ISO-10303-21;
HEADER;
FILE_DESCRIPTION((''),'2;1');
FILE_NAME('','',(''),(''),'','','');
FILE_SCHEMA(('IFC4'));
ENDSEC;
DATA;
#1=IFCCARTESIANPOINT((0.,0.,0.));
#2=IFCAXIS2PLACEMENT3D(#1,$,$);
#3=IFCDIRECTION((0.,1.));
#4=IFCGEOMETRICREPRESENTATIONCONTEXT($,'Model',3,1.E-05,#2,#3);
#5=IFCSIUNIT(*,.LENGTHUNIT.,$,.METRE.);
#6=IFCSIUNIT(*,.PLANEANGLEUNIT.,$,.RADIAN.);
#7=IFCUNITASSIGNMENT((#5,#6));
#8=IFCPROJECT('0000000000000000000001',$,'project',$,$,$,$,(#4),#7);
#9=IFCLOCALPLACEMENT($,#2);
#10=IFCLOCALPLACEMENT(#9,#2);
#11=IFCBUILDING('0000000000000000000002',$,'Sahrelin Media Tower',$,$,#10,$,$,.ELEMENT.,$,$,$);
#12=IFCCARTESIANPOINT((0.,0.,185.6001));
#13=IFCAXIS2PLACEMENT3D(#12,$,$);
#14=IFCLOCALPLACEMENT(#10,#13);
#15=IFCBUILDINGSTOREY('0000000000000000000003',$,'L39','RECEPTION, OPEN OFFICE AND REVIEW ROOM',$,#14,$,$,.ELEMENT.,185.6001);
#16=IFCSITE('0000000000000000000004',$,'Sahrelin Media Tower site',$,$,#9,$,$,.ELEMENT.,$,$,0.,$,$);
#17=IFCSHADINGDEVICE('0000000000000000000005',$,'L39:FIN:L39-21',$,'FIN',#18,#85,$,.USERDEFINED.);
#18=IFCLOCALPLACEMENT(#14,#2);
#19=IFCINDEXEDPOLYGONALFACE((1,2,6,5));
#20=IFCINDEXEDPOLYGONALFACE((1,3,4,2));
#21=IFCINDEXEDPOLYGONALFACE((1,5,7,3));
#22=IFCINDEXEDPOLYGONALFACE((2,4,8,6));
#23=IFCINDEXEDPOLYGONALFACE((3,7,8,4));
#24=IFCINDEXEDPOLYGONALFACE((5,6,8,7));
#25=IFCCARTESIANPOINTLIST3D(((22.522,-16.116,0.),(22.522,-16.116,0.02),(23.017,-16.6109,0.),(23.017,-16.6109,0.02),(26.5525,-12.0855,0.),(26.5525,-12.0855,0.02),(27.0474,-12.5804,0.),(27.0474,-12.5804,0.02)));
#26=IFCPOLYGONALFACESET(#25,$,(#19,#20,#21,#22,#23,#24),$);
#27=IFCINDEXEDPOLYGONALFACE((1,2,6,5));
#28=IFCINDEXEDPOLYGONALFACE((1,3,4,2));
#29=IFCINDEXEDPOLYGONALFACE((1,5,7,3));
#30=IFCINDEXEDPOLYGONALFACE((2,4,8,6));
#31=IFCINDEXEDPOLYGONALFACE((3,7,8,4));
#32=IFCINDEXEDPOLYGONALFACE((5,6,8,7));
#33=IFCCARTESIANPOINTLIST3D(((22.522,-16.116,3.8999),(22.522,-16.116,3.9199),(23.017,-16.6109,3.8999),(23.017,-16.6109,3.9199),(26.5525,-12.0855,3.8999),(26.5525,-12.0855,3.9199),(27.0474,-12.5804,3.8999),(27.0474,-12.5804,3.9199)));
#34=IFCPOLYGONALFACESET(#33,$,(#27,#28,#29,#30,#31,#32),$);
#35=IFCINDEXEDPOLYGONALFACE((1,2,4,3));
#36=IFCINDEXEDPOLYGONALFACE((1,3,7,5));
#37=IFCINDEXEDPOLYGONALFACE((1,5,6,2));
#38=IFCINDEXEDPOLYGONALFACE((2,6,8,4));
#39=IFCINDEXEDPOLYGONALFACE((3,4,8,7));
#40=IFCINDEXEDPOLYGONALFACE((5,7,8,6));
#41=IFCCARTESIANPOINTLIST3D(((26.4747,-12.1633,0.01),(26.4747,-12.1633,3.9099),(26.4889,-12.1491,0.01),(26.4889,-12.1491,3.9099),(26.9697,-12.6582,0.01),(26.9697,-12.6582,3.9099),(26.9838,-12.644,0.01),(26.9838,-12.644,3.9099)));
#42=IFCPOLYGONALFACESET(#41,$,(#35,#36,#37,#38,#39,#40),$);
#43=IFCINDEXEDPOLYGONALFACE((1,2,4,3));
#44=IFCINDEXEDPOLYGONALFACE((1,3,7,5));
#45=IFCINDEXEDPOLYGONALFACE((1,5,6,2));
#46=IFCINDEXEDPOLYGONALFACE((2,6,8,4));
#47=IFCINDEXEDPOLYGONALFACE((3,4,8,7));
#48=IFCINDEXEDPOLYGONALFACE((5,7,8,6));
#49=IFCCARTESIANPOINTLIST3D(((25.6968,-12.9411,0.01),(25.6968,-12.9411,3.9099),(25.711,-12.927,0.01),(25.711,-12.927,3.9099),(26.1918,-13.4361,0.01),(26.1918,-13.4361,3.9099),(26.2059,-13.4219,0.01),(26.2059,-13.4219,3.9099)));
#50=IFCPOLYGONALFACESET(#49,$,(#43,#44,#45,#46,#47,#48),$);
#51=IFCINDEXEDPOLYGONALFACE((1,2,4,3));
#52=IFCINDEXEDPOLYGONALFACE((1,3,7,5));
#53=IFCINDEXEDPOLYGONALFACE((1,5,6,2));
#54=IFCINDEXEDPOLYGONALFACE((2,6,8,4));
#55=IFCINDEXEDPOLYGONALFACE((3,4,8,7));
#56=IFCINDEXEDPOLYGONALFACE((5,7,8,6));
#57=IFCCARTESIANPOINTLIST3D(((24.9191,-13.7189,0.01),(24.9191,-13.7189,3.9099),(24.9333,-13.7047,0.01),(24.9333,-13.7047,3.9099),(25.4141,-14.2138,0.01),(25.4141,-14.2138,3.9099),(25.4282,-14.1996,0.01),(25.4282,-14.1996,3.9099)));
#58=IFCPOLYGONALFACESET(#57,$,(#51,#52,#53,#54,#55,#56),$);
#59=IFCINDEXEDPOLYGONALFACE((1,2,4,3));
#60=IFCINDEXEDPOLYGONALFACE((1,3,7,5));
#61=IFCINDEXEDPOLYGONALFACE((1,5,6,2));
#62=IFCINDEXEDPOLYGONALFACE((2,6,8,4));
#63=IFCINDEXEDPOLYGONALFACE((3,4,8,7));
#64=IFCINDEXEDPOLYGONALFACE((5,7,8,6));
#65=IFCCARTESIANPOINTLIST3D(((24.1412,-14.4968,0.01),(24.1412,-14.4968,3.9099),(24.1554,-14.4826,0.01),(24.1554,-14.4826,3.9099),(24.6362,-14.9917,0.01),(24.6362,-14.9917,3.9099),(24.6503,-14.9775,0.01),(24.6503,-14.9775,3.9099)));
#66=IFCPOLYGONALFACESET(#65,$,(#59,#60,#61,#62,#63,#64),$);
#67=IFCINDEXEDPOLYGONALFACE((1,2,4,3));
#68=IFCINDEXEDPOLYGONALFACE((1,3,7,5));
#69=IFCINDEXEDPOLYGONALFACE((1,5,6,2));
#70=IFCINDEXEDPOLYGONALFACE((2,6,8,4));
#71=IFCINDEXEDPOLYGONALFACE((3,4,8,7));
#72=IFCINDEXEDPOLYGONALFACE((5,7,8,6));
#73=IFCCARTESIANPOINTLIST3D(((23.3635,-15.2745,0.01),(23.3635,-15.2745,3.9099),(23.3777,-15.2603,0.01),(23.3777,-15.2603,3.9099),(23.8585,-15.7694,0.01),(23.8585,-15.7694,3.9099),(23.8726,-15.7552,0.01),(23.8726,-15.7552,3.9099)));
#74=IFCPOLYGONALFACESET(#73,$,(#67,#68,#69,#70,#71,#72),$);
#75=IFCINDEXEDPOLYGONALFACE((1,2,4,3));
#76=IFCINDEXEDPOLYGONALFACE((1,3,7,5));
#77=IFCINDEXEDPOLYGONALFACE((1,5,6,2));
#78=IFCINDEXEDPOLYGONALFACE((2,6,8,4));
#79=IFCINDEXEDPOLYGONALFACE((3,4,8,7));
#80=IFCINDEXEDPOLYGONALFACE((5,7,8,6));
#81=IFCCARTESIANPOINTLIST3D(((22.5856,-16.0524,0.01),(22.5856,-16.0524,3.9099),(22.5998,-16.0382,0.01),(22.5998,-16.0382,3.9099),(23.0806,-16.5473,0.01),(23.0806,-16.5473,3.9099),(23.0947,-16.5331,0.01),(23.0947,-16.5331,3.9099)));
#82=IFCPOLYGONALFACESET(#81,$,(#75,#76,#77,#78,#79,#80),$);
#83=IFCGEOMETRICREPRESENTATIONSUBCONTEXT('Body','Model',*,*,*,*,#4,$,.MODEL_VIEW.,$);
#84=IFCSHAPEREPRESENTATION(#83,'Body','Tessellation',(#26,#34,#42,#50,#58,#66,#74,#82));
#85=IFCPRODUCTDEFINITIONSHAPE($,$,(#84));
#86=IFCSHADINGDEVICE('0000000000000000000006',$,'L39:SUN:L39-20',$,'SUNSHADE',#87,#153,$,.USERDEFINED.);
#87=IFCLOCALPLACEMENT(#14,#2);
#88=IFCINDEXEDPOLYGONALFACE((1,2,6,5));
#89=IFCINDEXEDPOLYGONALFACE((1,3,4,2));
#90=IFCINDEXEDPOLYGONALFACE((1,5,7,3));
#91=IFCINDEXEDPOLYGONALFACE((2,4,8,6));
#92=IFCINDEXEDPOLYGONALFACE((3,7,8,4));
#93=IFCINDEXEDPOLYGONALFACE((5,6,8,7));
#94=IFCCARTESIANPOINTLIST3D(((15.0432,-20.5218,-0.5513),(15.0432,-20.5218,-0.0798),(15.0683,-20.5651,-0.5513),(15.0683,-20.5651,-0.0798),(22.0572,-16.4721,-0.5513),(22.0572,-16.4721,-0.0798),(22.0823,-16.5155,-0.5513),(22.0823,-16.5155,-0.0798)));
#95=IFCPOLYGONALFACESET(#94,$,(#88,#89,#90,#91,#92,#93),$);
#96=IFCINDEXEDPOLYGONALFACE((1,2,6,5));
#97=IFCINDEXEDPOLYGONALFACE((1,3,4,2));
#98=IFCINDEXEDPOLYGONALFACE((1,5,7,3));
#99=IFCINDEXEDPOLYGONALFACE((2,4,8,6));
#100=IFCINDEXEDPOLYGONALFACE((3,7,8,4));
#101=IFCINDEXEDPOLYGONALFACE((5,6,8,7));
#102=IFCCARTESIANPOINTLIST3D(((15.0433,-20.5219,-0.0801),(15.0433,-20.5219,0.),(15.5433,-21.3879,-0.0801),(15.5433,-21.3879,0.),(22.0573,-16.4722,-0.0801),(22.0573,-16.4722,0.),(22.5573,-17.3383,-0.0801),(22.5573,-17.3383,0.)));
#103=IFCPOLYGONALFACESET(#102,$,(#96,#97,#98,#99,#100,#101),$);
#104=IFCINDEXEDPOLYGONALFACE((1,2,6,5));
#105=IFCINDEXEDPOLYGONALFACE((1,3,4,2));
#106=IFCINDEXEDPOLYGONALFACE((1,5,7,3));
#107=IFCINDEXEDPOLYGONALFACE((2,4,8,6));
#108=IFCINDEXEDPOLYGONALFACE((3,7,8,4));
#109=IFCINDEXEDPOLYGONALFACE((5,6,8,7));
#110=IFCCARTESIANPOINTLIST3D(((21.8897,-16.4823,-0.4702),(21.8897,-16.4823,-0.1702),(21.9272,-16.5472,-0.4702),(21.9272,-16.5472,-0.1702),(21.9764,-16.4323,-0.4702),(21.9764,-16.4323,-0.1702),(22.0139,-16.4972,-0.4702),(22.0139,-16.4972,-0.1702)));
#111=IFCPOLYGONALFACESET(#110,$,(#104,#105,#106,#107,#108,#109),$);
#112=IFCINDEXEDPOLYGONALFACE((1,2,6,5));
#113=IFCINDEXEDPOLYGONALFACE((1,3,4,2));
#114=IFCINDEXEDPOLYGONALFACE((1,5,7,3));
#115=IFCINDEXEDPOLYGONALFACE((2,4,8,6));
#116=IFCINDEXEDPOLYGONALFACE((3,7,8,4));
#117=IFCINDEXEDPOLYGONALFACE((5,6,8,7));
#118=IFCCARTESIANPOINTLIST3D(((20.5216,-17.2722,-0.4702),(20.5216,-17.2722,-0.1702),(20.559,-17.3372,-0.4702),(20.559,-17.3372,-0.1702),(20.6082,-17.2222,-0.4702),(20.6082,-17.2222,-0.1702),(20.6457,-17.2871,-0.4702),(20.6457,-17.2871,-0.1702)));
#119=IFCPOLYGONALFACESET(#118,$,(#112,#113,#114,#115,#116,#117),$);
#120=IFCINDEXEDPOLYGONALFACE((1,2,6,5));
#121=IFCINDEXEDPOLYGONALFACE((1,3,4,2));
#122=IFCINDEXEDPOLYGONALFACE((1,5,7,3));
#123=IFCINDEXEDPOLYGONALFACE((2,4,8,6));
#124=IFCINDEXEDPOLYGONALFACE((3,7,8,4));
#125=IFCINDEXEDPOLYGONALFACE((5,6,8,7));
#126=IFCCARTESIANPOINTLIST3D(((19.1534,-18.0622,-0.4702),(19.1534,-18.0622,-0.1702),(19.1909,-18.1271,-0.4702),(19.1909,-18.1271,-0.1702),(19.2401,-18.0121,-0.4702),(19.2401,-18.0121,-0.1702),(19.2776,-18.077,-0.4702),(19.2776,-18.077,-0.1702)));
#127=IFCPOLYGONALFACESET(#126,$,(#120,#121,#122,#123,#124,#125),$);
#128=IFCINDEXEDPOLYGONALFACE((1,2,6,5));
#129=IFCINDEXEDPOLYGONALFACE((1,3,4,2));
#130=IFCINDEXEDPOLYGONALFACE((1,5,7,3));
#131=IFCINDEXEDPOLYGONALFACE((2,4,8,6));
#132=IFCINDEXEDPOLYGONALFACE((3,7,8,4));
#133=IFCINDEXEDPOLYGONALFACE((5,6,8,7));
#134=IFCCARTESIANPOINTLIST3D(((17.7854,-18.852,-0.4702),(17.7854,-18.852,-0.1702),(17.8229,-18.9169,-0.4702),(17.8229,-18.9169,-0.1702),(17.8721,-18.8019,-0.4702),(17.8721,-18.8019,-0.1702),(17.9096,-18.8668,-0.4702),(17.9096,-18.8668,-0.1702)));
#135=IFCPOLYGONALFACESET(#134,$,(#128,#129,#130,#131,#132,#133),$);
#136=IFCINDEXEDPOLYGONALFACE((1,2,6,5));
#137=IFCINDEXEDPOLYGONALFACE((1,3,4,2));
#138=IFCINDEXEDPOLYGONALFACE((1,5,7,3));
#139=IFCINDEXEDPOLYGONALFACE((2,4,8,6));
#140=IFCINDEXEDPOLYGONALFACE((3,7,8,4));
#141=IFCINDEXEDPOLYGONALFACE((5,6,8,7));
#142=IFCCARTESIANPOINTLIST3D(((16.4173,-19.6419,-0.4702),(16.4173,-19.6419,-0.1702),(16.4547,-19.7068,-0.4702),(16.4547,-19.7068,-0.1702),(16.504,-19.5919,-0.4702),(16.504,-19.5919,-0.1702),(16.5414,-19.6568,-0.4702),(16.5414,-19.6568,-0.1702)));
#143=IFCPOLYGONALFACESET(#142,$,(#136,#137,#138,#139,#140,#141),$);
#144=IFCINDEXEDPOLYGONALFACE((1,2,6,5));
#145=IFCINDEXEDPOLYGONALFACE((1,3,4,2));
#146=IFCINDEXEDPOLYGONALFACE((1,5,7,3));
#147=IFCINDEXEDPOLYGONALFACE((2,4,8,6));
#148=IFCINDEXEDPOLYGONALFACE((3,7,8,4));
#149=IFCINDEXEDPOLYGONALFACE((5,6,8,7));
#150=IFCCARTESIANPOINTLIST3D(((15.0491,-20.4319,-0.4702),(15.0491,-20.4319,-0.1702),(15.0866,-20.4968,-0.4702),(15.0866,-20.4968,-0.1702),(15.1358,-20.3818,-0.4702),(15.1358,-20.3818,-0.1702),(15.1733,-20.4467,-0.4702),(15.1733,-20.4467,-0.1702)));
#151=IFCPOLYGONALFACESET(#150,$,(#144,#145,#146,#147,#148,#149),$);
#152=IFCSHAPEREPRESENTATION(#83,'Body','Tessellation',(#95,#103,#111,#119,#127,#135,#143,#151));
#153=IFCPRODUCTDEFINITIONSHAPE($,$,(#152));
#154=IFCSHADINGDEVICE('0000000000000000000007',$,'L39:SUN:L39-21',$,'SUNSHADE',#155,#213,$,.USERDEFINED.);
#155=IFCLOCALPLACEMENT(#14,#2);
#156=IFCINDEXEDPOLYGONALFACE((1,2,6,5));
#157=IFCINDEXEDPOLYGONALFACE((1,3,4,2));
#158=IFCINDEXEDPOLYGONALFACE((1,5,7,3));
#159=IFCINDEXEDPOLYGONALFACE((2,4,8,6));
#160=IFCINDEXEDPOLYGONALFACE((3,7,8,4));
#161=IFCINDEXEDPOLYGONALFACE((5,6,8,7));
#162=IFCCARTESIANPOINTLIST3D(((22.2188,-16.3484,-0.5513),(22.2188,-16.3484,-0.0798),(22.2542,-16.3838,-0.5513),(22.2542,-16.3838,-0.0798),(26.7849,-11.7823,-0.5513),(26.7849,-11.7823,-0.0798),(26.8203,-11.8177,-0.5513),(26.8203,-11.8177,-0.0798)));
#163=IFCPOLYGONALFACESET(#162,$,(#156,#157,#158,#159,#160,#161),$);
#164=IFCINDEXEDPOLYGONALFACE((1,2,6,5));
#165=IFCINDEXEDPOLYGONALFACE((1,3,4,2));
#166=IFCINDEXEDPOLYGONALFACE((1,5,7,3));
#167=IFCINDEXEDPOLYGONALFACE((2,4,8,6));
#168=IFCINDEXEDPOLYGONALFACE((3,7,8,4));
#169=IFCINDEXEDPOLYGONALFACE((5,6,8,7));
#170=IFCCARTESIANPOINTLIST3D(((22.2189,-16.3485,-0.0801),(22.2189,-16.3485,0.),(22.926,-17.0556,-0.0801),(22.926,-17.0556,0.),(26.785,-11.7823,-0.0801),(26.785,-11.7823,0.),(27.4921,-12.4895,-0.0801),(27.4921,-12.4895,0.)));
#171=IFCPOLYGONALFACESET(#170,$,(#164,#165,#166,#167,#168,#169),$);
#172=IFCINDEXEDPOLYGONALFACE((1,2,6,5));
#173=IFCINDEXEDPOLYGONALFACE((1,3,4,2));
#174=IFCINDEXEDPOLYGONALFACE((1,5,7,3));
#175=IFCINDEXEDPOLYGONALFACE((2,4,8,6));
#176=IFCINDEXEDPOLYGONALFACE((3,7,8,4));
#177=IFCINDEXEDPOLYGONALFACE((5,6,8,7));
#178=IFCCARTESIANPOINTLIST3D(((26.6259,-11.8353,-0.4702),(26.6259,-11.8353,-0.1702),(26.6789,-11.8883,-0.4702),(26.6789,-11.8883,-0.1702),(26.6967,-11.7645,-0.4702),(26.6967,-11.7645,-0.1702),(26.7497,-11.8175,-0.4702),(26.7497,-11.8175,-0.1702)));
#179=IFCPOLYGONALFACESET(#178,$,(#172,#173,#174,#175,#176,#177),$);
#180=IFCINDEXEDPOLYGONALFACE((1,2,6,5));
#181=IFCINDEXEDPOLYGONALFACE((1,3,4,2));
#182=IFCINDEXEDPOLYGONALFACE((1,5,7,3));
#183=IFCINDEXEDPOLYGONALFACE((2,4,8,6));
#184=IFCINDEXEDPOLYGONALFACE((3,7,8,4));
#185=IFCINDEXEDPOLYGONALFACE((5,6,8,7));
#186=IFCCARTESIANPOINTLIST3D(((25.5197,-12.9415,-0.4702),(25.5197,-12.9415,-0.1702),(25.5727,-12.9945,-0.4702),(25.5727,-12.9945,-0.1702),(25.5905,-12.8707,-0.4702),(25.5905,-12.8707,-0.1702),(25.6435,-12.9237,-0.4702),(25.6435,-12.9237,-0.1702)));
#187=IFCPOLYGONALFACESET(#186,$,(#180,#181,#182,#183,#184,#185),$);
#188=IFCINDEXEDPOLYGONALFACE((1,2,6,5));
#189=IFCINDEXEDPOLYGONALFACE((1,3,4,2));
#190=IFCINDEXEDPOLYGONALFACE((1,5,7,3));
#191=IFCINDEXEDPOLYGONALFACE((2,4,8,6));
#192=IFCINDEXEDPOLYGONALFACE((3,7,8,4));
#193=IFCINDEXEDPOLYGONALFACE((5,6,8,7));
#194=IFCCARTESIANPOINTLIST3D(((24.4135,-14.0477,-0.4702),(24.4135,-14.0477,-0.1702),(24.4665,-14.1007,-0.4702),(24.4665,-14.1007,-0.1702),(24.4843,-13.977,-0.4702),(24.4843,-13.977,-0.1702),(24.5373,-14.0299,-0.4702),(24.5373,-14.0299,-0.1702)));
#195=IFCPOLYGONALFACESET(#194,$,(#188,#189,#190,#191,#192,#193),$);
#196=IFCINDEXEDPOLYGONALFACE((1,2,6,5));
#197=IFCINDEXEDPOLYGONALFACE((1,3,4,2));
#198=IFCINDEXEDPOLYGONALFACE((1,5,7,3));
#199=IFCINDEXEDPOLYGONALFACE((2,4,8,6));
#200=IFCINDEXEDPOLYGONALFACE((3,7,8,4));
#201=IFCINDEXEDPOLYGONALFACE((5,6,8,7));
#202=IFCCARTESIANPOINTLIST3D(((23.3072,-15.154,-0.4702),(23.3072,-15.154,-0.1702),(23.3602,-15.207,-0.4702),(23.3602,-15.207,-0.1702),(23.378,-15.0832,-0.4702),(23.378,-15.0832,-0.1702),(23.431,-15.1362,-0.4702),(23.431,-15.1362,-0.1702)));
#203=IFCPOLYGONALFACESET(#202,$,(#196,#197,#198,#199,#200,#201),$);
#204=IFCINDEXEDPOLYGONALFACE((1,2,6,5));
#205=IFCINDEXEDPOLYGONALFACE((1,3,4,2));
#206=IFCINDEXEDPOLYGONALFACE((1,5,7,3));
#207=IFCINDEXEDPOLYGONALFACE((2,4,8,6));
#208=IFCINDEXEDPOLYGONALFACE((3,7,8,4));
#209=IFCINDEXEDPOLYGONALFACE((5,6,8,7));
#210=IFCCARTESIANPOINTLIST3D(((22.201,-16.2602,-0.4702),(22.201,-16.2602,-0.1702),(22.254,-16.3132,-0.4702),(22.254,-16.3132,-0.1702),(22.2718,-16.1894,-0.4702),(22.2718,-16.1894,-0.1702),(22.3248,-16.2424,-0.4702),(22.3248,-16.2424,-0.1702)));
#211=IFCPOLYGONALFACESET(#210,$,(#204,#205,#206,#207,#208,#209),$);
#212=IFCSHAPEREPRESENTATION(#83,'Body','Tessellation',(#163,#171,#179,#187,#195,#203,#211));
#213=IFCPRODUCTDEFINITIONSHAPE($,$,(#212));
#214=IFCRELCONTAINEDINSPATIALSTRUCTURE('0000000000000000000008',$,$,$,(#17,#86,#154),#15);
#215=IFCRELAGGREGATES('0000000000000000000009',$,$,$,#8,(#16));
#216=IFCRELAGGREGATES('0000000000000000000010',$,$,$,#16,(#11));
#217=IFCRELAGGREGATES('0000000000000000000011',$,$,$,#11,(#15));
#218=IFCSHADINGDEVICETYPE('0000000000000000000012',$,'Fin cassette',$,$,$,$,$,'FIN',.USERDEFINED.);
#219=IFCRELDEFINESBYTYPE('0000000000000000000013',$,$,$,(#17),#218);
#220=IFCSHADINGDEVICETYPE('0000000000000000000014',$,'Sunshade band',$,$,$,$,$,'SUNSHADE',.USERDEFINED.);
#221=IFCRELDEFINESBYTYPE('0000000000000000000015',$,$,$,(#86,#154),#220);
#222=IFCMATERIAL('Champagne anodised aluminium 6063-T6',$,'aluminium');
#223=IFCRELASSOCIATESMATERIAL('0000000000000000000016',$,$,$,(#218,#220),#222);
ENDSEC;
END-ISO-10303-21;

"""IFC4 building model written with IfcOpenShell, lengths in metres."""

from ifc_helpers import new_model, si_unit, direction, frame, origin, origin_2d, place, context, subcontext, project, spatial, rectangle, extrude, material, type_object, element, save


model = new_model("IFC4")

# Units and contexts
model_context = context("Model", 3, precision=1e-05, world=origin(), true_north=direction((0.0, 1.0)))
body_context = subcontext(model_context, "Body", "Model", "MODEL_VIEW")
ifc_project = project(units=[si_unit("LENGTHUNIT", "METRE"), si_unit("PLANEANGLEUNIT", "RADIAN")], contexts=[model_context])

# Site, building, storey
site_placement = place(None, origin())
site = spatial("IfcSite", under=ifc_project, at=site_placement, Name="Sahrelin Media Tower site", CompositionType="ELEMENT", RefElevation=0.0)
building_placement = place(site_placement, origin())
building = spatial("IfcBuilding", under=site, at=building_placement, Name="Sahrelin Media Tower", CompositionType="ELEMENT")
storey_placement = place(building_placement, frame((0.0, 0.0, 185.6001)))
storey = spatial("IfcBuildingStorey", under=building, at=storey_placement, Name="L39", Description="RECEPTION, OPEN OFFICE AND REVIEW ROOM", CompositionType="ELEMENT", Elevation=185.6001)

# Shared definitions
ifc_material_1 = material(Name="Champagne anodised aluminium 6063-T6", Category="aluminium")

# Shading devices
shading_device_type_1 = type_object("IfcShadingDeviceType", Name="Fin cassette", ElementType="FIN", PredefinedType="USERDEFINED", material=ifc_material_1)
placement_1 = place(storey_placement, frame((18.5403, -18.4797, 0.0), z_axis=(0.0, 0.0, 1.0), x_axis=(-0.866019, -0.500011, 0.0)))
placement_2 = place(storey_placement, frame((24.4878, -14.0513, 0.0), z_axis=(0.0, 0.0, 1.0), x_axis=(-0.707107, -0.707107, 0.0)))
element("IfcShadingDevice", 1, at=placement_2, inside=storey, type_object=shading_device_type_1, Name="L39:FIN:L39-21", ObjectType="FIN", PredefinedType="USERDEFINED", context=body_context, shape_type="SweptSolid", body=[
    extrude(rectangle(XDim=5.7, YDim=0.7, at=origin_2d()), frame((0.0, 0.4199, 0.0)), (0.0, 0.0, 1.0), 0.02),
    extrude(rectangle(XDim=5.7, YDim=0.7, at=origin_2d()), frame((0.0, 0.4199, 3.8999)), (0.0, 0.0, 1.0), 0.02),
    extrude(rectangle(XDim=0.02, YDim=0.7, at=origin_2d()), frame((-2.75, 0.4199, 0.01), z_axis=(0.0, 0.0, 1.0), x_axis=(1.0, 0.0, 0.0)), (0.0, 0.0, 1.0), 3.8999),
    extrude(rectangle(XDim=0.02, YDim=0.7, at=origin_2d()), frame((-1.6499, 0.4199, 0.01), z_axis=(0.0, 0.0, 1.0), x_axis=(1.0, 0.0, 0.0)), (0.0, 0.0, 1.0), 3.8999),
    extrude(rectangle(XDim=0.02, YDim=0.7, at=origin_2d()), frame((-0.55, 0.4199, 0.01), z_axis=(0.0, 0.0, 1.0), x_axis=(1.0, 0.0, 0.0)), (0.0, 0.0, 1.0), 3.8999),
    extrude(rectangle(XDim=0.02, YDim=0.7, at=origin_2d()), frame((0.55, 0.4199, 0.01), z_axis=(0.0, 0.0, 1.0), x_axis=(1.0, 0.0, 0.0)), (0.0, 0.0, 1.0), 3.8999),
    extrude(rectangle(XDim=0.02, YDim=0.7, at=origin_2d()), frame((1.6499, 0.4199, 0.01), z_axis=(0.0, 0.0, 1.0), x_axis=(1.0, 0.0, 0.0)), (0.0, 0.0, 1.0), 3.8999),
    extrude(rectangle(XDim=0.02, YDim=0.7, at=origin_2d()), frame((2.75, 0.4199, 0.01), z_axis=(0.0, 0.0, 1.0), x_axis=(1.0, 0.0, 0.0)), (0.0, 0.0, 1.0), 3.8999),
])
shading_device_type_2 = type_object("IfcShadingDeviceType", Name="Sunshade band", ElementType="SUNSHADE", PredefinedType="USERDEFINED", material=ifc_material_1)
element("IfcShadingDevice", 2, at=placement_1, inside=storey, type_object=shading_device_type_2, Name="L39:SUN:L39-20", ObjectType="SUNSHADE", PredefinedType="USERDEFINED", context=body_context, shape_type="SweptSolid", body=[
    extrude(rectangle(XDim=8.0991, YDim=0.05, at=origin_2d()), frame((0.0, 0.0449, -0.5513)), (0.0, 0.0, 1.0), 0.4714),
    extrude(rectangle(XDim=8.0991, YDim=1.0, at=origin_2d()), frame((0.0, 0.52, -0.0801)), (0.0, 0.0, 1.0), 0.0801),
    extrude(rectangle(XDim=0.1001, YDim=0.075, at=origin_2d()), frame((-3.9495, -0.0176, -0.4702)), (0.0, 0.0, 1.0), 0.3),
    extrude(rectangle(XDim=0.1001, YDim=0.075, at=origin_2d()), frame((-2.3696, -0.0176, -0.4702)), (0.0, 0.0, 1.0), 0.3),
    extrude(rectangle(XDim=0.1001, YDim=0.075, at=origin_2d()), frame((-0.7898, -0.0176, -0.4702)), (0.0, 0.0, 1.0), 0.3),
    extrude(rectangle(XDim=0.1001, YDim=0.075, at=origin_2d()), frame((0.7898, -0.0176, -0.4702)), (0.0, 0.0, 1.0), 0.3),
    extrude(rectangle(XDim=0.1001, YDim=0.075, at=origin_2d()), frame((2.3696, -0.0176, -0.4702)), (0.0, 0.0, 1.0), 0.3),
    extrude(rectangle(XDim=0.1001, YDim=0.075, at=origin_2d()), frame((3.9495, -0.0176, -0.4702)), (0.0, 0.0, 1.0), 0.3),
])
element("IfcShadingDevice", 3, at=placement_2, inside=storey, type_object=shading_device_type_2, Name="L39:SUN:L39-21", ObjectType="SUNSHADE", PredefinedType="USERDEFINED", context=body_context, shape_type="SweptSolid", body=[
    extrude(rectangle(XDim=6.4575, YDim=0.05, at=origin_2d()), frame((0.0, 0.0449, -0.5513)), (0.0, 0.0, 1.0), 0.4714),
    extrude(rectangle(XDim=6.4575, YDim=1.0, at=origin_2d()), frame((0.0, 0.52, -0.0801)), (0.0, 0.0, 1.0), 0.0801),
    extrude(rectangle(XDim=0.1001, YDim=0.075, at=origin_2d()), frame((-3.1289, -0.0176, -0.4702)), (0.0, 0.0, 1.0), 0.3),
    extrude(rectangle(XDim=0.1001, YDim=0.075, at=origin_2d()), frame((-1.5645, -0.0176, -0.4702)), (0.0, 0.0, 1.0), 0.3),
    extrude(rectangle(XDim=0.1001, YDim=0.075, at=origin_2d()), frame((0.0, -0.0176, -0.4702)), (0.0, 0.0, 1.0), 0.3),
    extrude(rectangle(XDim=0.1001, YDim=0.075, at=origin_2d()), frame((1.5645, -0.0176, -0.4702)), (0.0, 0.0, 1.0), 0.3),
    extrude(rectangle(XDim=0.1001, YDim=0.075, at=origin_2d()), frame((3.1289, -0.0176, -0.4702)), (0.0, 0.0, 1.0), 0.3),
])

save(model, "model.ifc")
